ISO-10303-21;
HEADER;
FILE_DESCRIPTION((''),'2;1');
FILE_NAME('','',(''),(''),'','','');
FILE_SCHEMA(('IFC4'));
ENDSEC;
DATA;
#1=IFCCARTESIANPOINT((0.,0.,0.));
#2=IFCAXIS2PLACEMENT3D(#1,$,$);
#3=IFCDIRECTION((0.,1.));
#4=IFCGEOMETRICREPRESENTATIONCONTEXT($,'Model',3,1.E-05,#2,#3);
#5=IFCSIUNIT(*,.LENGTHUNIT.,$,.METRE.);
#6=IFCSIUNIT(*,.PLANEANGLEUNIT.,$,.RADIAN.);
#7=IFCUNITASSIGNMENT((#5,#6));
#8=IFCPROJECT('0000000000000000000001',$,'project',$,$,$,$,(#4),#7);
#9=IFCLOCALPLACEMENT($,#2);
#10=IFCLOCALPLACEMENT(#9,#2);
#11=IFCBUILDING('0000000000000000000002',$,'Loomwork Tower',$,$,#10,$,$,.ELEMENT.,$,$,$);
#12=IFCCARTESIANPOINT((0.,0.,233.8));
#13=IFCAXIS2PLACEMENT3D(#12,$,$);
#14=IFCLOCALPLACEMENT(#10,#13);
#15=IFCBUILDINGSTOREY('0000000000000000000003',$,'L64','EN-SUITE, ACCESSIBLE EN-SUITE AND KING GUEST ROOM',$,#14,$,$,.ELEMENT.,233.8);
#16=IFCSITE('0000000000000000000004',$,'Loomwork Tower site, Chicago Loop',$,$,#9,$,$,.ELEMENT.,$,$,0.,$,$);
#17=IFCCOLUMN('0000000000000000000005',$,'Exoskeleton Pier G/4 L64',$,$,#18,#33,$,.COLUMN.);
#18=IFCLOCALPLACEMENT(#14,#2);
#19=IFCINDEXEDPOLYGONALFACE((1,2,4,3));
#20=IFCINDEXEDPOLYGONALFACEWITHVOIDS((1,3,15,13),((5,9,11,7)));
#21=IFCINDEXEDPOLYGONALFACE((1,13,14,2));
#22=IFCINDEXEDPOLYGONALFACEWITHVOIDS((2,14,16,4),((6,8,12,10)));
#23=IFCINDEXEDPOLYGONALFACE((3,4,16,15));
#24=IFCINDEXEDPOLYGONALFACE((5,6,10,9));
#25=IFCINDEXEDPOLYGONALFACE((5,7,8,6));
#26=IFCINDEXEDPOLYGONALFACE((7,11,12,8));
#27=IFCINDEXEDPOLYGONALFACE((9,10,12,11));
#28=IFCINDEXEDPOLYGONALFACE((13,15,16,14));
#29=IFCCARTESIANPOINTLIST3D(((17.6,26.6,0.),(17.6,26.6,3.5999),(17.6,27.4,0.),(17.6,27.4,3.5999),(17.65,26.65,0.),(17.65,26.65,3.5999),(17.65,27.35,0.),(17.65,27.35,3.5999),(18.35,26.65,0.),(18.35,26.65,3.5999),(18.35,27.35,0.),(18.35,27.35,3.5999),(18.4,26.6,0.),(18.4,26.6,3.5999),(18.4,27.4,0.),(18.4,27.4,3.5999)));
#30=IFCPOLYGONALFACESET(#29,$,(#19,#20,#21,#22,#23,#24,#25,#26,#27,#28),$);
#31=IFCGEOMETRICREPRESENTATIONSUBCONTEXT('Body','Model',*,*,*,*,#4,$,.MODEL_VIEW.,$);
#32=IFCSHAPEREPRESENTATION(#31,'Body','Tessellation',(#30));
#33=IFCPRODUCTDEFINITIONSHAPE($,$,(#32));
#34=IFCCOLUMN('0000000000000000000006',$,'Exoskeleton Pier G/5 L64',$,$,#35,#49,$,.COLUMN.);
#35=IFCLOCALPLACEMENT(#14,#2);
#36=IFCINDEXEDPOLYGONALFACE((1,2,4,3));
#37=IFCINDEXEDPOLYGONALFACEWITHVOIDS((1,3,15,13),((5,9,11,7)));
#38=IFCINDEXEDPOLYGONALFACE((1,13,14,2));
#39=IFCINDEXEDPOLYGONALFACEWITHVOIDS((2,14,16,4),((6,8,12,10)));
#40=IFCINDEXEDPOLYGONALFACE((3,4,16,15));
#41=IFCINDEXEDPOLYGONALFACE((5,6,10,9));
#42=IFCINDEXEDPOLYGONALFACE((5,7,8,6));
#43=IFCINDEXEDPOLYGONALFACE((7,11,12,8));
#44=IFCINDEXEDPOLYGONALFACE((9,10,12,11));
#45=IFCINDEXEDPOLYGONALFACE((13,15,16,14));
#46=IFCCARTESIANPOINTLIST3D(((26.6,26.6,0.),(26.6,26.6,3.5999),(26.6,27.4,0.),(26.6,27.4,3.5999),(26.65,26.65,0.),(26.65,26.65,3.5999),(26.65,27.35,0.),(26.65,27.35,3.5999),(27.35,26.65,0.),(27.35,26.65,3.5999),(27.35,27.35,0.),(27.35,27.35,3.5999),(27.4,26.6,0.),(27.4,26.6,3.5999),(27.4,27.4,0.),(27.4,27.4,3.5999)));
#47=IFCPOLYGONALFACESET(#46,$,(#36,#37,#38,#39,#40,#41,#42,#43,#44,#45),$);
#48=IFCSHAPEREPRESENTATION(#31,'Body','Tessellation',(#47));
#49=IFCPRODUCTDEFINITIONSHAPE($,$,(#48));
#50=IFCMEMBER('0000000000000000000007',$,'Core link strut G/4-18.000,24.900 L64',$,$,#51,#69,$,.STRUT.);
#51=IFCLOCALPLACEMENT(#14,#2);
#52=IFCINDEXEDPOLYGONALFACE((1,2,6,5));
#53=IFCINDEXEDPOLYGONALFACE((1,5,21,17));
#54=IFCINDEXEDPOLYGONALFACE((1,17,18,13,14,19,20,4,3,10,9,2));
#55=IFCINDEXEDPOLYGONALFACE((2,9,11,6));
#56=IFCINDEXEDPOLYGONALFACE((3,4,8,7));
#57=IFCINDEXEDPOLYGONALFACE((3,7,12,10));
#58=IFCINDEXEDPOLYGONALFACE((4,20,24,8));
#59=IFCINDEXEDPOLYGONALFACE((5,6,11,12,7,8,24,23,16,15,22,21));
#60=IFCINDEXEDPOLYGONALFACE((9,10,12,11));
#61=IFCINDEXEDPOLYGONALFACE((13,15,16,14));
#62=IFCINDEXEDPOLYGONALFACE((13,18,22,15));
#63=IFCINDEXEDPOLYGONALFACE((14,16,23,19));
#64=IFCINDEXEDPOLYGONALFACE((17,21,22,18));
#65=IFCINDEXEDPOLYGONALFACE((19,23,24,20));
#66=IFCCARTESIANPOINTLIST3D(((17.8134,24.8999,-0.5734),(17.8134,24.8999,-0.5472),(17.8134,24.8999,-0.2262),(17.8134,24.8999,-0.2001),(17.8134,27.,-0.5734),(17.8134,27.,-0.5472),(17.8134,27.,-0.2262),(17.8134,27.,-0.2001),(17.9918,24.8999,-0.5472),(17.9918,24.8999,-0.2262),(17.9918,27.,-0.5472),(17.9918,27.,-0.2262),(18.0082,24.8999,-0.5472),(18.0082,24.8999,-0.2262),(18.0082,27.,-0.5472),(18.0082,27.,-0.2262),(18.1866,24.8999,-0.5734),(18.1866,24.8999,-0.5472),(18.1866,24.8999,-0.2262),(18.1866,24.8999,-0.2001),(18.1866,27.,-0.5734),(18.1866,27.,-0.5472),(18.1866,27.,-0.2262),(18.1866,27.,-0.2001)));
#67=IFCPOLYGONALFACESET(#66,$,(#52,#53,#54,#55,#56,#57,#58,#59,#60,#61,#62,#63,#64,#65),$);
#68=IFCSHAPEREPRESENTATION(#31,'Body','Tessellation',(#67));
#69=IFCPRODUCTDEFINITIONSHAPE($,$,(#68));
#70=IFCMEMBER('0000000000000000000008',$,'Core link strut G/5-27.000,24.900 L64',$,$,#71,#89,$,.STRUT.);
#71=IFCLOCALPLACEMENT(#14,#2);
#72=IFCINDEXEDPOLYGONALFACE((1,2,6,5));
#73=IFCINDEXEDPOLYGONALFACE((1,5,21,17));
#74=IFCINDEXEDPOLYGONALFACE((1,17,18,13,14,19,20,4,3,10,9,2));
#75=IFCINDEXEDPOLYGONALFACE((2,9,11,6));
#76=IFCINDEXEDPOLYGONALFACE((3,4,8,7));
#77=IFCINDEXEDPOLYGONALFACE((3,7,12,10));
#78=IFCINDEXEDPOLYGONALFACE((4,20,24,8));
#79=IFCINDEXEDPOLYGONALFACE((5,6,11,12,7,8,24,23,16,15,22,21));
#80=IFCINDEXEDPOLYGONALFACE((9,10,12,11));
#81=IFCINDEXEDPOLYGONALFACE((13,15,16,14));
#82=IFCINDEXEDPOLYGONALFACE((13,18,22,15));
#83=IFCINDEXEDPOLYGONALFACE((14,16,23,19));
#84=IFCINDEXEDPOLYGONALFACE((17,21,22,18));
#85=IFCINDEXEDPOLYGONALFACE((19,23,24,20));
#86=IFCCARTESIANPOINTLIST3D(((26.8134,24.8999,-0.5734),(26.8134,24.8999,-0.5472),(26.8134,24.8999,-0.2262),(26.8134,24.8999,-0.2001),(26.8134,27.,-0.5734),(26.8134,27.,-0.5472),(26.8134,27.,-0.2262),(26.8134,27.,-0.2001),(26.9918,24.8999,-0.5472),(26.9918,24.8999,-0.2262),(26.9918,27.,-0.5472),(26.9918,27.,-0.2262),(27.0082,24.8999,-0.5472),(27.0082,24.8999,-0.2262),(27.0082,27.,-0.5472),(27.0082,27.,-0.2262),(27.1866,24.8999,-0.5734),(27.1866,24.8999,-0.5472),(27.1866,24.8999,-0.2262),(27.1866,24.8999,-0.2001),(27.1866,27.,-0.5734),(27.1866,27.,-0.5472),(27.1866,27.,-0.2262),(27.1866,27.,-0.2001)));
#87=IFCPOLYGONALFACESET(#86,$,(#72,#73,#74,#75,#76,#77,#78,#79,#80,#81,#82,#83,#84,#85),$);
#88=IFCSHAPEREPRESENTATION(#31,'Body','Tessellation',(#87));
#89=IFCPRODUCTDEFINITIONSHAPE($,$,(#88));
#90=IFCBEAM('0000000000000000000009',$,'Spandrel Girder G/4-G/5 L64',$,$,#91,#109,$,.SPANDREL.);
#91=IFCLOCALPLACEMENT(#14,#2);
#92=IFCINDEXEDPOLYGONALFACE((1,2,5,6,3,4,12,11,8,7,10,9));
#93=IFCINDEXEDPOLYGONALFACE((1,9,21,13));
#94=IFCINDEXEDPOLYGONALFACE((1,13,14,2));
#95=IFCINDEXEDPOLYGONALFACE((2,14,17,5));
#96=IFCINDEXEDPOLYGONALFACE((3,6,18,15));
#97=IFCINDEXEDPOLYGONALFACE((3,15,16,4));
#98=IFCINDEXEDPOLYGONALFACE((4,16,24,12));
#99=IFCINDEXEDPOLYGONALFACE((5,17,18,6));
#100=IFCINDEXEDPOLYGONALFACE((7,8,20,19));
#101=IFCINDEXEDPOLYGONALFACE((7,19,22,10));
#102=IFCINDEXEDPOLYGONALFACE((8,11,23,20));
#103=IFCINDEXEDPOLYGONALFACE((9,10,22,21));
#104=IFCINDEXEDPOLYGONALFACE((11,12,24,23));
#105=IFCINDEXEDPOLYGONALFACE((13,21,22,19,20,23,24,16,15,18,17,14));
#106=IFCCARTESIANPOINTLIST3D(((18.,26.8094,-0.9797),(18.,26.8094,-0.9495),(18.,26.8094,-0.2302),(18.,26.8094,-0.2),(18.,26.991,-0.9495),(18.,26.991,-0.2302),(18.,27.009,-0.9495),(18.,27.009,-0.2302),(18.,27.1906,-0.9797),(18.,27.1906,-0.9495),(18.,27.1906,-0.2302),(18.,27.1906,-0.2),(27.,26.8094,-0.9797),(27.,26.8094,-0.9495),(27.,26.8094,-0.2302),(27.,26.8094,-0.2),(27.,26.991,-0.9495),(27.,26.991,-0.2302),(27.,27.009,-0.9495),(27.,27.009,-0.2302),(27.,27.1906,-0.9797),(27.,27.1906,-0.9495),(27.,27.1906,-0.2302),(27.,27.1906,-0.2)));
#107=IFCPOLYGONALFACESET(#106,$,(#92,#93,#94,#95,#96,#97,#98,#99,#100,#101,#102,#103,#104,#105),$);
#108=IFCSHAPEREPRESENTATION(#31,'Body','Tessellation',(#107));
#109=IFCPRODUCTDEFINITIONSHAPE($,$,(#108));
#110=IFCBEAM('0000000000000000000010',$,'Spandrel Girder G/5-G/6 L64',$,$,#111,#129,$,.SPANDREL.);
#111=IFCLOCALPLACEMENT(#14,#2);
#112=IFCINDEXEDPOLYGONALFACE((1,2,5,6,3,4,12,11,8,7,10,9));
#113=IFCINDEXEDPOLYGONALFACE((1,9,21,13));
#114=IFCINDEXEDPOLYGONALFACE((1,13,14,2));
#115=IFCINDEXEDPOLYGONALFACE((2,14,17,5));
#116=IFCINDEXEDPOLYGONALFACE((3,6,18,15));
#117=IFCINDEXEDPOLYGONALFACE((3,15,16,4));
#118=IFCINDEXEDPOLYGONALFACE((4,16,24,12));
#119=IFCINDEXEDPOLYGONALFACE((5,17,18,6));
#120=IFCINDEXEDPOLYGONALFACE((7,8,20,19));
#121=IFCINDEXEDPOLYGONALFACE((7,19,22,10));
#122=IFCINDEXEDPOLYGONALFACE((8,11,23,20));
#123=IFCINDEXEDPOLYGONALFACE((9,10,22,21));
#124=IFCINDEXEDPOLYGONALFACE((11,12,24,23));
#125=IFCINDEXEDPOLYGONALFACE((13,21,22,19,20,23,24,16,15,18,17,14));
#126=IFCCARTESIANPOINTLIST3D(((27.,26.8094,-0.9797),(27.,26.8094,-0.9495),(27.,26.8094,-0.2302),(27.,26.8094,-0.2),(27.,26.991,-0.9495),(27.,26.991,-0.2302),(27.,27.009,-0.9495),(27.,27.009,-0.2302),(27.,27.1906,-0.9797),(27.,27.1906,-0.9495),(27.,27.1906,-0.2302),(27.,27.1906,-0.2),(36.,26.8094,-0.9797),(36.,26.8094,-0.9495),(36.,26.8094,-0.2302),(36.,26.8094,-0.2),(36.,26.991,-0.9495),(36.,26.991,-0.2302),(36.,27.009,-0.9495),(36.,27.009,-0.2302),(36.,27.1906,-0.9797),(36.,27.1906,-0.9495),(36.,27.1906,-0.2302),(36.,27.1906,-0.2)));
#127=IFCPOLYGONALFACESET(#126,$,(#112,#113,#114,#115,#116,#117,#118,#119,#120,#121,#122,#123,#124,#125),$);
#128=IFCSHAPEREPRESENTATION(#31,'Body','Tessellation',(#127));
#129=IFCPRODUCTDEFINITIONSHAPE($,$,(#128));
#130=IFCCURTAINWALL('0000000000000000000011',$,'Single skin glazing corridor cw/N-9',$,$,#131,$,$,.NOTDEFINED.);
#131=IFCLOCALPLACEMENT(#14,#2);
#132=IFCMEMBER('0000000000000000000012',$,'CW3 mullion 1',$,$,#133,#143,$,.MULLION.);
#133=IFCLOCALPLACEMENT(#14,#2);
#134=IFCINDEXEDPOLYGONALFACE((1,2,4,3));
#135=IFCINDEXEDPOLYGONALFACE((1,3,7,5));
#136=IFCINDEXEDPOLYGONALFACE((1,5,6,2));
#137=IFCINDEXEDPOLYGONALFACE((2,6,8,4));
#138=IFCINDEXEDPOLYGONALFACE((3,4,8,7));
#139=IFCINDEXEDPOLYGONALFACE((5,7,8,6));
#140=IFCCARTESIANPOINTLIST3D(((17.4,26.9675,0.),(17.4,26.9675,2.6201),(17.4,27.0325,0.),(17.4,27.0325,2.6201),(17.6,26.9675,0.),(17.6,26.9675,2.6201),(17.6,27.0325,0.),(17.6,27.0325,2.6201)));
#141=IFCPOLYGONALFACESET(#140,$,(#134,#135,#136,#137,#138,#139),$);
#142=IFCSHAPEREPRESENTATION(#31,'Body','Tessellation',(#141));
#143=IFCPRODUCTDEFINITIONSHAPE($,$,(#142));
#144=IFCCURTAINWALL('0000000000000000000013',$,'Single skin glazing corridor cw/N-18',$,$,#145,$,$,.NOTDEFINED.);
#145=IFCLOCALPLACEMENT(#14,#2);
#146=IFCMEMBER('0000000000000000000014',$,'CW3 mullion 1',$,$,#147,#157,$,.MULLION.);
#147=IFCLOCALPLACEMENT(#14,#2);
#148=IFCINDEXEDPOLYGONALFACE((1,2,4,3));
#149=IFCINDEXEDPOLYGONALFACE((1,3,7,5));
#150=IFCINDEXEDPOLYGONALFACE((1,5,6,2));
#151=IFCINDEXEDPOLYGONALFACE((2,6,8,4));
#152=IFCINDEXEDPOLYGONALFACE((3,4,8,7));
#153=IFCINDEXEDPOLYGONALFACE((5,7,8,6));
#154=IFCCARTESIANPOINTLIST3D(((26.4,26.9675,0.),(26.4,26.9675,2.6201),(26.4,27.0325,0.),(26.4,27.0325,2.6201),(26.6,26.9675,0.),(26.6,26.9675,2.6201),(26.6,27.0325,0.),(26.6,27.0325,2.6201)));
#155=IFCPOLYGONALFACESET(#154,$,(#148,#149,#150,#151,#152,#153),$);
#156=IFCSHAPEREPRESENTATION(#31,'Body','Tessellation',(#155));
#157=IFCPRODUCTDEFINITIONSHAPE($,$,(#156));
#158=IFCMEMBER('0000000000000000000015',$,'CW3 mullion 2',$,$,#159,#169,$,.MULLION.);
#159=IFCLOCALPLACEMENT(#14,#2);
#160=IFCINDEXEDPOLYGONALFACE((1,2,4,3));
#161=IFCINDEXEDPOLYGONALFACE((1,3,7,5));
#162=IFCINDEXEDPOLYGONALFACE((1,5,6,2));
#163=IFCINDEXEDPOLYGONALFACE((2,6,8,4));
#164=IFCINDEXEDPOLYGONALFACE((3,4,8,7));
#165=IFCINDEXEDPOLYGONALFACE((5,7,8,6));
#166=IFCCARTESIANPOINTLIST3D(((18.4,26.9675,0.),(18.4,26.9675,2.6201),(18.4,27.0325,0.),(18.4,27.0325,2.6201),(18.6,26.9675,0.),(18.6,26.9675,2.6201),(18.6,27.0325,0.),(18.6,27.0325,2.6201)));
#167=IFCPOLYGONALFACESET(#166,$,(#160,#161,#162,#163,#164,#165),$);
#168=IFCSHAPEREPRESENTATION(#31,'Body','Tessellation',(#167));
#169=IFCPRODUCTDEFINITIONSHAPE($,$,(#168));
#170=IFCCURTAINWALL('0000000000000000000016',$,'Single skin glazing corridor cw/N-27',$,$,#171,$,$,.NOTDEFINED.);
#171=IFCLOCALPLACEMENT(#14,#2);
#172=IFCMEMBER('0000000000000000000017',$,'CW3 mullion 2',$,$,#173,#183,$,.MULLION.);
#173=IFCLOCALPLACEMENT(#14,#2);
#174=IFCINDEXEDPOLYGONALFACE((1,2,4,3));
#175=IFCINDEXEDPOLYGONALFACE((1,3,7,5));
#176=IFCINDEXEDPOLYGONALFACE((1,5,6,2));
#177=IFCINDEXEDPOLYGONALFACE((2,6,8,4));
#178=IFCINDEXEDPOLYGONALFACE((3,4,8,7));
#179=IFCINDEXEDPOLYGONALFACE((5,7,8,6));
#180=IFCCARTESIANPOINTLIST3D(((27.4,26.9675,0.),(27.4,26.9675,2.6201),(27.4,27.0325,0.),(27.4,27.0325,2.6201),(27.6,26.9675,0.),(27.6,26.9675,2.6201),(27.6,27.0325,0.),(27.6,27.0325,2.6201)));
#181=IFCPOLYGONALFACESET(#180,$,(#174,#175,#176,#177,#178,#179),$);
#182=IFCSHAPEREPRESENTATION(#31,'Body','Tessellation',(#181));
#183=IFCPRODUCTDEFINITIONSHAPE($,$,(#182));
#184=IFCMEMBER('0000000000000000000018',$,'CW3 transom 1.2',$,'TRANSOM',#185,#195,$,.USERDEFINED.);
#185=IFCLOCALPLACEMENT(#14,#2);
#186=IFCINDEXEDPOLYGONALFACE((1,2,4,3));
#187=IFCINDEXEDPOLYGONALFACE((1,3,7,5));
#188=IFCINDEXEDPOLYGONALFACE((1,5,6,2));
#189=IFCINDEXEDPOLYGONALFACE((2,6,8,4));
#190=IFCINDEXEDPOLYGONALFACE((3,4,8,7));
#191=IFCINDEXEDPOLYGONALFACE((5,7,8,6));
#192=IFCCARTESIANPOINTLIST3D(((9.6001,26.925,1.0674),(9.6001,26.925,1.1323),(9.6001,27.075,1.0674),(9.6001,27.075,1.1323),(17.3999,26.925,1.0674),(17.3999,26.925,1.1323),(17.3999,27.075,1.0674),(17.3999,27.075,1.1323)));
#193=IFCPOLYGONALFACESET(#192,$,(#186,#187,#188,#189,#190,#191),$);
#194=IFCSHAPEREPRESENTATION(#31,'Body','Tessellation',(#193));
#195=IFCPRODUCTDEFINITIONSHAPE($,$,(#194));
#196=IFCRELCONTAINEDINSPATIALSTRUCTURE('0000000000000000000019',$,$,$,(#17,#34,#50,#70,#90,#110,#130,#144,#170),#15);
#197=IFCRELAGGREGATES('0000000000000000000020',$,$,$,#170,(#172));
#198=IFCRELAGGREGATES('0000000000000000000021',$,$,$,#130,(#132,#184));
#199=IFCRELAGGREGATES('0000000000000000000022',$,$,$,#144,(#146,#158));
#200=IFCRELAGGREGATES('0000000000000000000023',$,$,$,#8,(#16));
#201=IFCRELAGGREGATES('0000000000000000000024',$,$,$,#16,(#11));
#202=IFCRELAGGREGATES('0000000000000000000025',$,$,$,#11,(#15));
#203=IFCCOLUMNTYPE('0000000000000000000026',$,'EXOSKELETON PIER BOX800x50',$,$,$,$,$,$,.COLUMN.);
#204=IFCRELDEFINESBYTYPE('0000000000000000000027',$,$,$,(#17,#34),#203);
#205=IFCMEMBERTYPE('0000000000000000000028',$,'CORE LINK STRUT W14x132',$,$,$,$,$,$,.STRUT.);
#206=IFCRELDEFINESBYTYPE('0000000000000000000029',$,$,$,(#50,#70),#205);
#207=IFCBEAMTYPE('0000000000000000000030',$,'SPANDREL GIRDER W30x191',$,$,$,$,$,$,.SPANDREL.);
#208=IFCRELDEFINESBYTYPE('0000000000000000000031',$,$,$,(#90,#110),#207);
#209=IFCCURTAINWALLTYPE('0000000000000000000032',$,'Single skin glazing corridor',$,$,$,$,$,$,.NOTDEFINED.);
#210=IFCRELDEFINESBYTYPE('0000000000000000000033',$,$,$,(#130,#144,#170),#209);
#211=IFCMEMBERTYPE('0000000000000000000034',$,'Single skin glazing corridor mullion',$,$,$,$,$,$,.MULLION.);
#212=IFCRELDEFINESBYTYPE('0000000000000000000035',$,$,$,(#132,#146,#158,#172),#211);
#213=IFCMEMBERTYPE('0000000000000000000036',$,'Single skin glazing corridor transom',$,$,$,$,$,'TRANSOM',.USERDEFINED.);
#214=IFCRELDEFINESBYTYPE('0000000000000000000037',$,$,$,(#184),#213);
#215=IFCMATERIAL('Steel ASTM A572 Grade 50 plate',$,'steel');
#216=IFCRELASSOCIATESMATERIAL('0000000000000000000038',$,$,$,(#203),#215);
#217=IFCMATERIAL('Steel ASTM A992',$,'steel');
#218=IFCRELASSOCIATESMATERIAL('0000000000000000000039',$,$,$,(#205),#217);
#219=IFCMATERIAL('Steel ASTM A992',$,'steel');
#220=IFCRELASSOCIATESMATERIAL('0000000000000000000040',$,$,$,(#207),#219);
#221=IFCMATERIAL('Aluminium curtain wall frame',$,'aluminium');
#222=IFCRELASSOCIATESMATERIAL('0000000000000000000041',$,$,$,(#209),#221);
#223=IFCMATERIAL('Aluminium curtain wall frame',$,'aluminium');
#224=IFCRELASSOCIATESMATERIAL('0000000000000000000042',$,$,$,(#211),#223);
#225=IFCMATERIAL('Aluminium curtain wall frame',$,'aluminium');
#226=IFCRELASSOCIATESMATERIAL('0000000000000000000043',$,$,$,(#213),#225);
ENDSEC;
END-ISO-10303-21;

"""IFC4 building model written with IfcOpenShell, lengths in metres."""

from ifc_helpers import new_model, si_unit, direction, frame, origin, origin_2d, place, context, subcontext, project, spatial, rectangle, hollow_rectangle, i_section, extrude, material, material_profile, profile_set, type_object, element, aggregate, save


model = new_model("IFC4")

# Units and contexts
model_context = context("Model", 3, precision=1e-05, world=origin(), true_north=direction((0.0, 1.0)))
body_context = subcontext(model_context, "Body", "Model", "MODEL_VIEW")
ifc_project = project(units=[si_unit("LENGTHUNIT", "METRE"), si_unit("PLANEANGLEUNIT", "RADIAN")], contexts=[model_context])

# Site, building, storey
site_placement = place(None, origin())
site = spatial("IfcSite", under=ifc_project, at=site_placement, Name="Loomwork Tower site, Chicago Loop", CompositionType="ELEMENT", RefElevation=0.0)
building_placement = place(site_placement, origin())
building = spatial("IfcBuilding", under=site, at=building_placement, Name="Loomwork Tower", CompositionType="ELEMENT")
storey_placement = place(building_placement, frame((0.0, 0.0, 233.8)))
storey = spatial("IfcBuildingStorey", under=building, at=storey_placement, Name="L64", Description="EN-SUITE, ACCESSIBLE EN-SUITE AND KING GUEST ROOM", CompositionType="ELEMENT", Elevation=233.8)

# Columns
ifc_material_1 = material(Name="Steel ASTM A572 Grade 50 plate", Category="steel")
ifc_material_profile_1 = material_profile(ifc_material_1, hollow_rectangle(XDim=0.8, YDim=0.8, WallThickness=0.05, at=origin_2d()), Name="BOX800x50")
ifc_profile_set_1 = profile_set([ifc_material_profile_1], Name="Steel ASTM A572 Grade 50 plate")
column_type = type_object("IfcColumnType", Name="EXOSKELETON PIER BOX800x50", PredefinedType="COLUMN", material=ifc_profile_set_1)
for number, where, z_axis, x_axis, name in (
    (1, (18.0, 27.0, 0.0), (0.0, 0.0, 1.0), (1.0, 0.0, 0.0), "Exoskeleton Pier G/4 L64"),
    (2, (27.0, 27.0, 0.0), (0.0, 0.0, 1.0), (1.0, 0.0, 0.0), "Exoskeleton Pier G/5 L64"),
):
    element("IfcColumn", number, at=place(storey_placement, frame(where, z_axis=z_axis, x_axis=x_axis)), inside=storey, type_object=column_type, Name=name, PredefinedType="COLUMN", context=body_context, shape_type="SweptSolid", body=[
        extrude(hollow_rectangle(XDim=0.8, YDim=0.8, WallThickness=0.05, at=origin_2d()), origin(), (0.0, 0.0, 1.0), 3.5999),
    ])

# Members
ifc_material_2 = material(Name="Steel ASTM A992", Category="steel")
ifc_material_profile_2 = material_profile(ifc_material_2, i_section(OverallWidth=0.3733, OverallDepth=0.3733, WebThickness=0.0164, FlangeThickness=0.0261, at=origin_2d()), Name="W14x132")
ifc_profile_set_2 = profile_set([ifc_material_profile_2], Name="Steel ASTM A992")
member_type_1 = type_object("IfcMemberType", Name="CORE LINK STRUT W14x132", PredefinedType="STRUT", material=ifc_profile_set_2)
for number, where, z_axis, x_axis, name in (
    (3, (18.0, 27.0, -0.3867), (0.0, -1.0, 0.0), (1.0, 0.0, 0.0), "Core link strut G/4-18.000,24.900 L64"),
    (4, (27.0, 27.0, -0.3867), (0.0, -1.0, 0.0), (1.0, 0.0, 0.0), "Core link strut G/5-27.000,24.900 L64"),
):
    element("IfcMember", number, at=place(storey_placement, frame(where, z_axis=z_axis, x_axis=x_axis)), inside=storey, type_object=member_type_1, Name=name, PredefinedType="STRUT", context=body_context, shape_type="SweptSolid", body=[
        extrude(i_section(OverallWidth=0.3733, OverallDepth=0.3733, WebThickness=0.0164, FlangeThickness=0.0261, at=origin_2d()), origin(), (0.0, 0.0, 1.0), 2.1001),
    ])

# Beams
ifc_material_3 = material(Name="Steel ASTM A992", Category="steel")
ifc_material_profile_3 = material_profile(ifc_material_3, i_section(OverallWidth=0.3811, OverallDepth=0.7798, WebThickness=0.0181, FlangeThickness=0.0303, at=origin_2d()), Name="W30x191")
ifc_profile_set_3 = profile_set([ifc_material_profile_3], Name="Steel ASTM A992")
beam_type = type_object("IfcBeamType", Name="SPANDREL GIRDER W30x191", PredefinedType="SPANDREL", material=ifc_profile_set_3)
for number, where, z_axis, x_axis, name in (
    (5, (18.0, 27.0, -0.5898), (1.0, 0.0, 0.0), (0.0, 1.0, 0.0), "Spandrel Girder G/4-G/5 L64"),
    (6, (27.0, 27.0, -0.5898), (1.0, 0.0, 0.0), (0.0, 1.0, 0.0), "Spandrel Girder G/5-G/6 L64"),
):
    element("IfcBeam", number, at=place(storey_placement, frame(where, z_axis=z_axis, x_axis=x_axis)), inside=storey, type_object=beam_type, Name=name, PredefinedType="SPANDREL", context=body_context, shape_type="SweptSolid", body=[
        extrude(i_section(OverallWidth=0.3811, OverallDepth=0.7798, WebThickness=0.0181, FlangeThickness=0.0303, at=origin_2d()), origin(), (0.0, 0.0, 1.0), 9.0),
    ])

# Curtain wall, member
ifc_material_4 = material(Name="Aluminium curtain wall frame", Category="aluminium")
curtain_wall_type = type_object("IfcCurtainWallType", Name="Single skin glazing corridor", PredefinedType="NOTDEFINED", material=ifc_material_4)
curtain_wall_1_placement = place(storey_placement, origin())
curtain_wall_1 = element("IfcCurtainWall", 7, at=curtain_wall_1_placement, inside=storey, type_object=curtain_wall_type, Name="Single skin glazing corridor cw/N-9", PredefinedType="NOTDEFINED")
ifc_material_5 = material(Name="Aluminium curtain wall frame", Category="aluminium")
ifc_material_profile_4 = material_profile(ifc_material_5, rectangle(XDim=0.0649, YDim=0.2, at=origin_2d()), Name="AL 65x200")
ifc_profile_set_4 = profile_set([ifc_material_profile_4], Name="Aluminium curtain wall frame")
member_type_2 = type_object("IfcMemberType", Name="Single skin glazing corridor mullion", PredefinedType="MULLION", material=ifc_profile_set_4)
member_1_placement = place(storey_placement, frame((17.5, 27.0, 0.0), z_axis=(0.0, 0.0, 1.0), x_axis=(0.0, -1.0, 0.0)))
member_1 = element("IfcMember", 8, at=member_1_placement, type_object=member_type_2, Name="CW3 mullion 1", PredefinedType="MULLION", context=body_context, shape_type="SweptSolid", body=[
    extrude(rectangle(XDim=0.0649, YDim=0.2, at=origin_2d()), origin(), (0.0, 0.0, 1.0), 2.6201),
])

# Curtain wall, members
curtain_wall_2_placement = place(storey_placement, origin())
curtain_wall_2 = element("IfcCurtainWall", 9, at=curtain_wall_2_placement, inside=storey, type_object=curtain_wall_type, Name="Single skin glazing corridor cw/N-18", PredefinedType="NOTDEFINED")
member_2_placement = place(storey_placement, frame((26.5, 27.0, 0.0), z_axis=(0.0, 0.0, 1.0), x_axis=(0.0, -1.0, 0.0)))
member_2 = element("IfcMember", 10, at=member_2_placement, type_object=member_type_2, Name="CW3 mullion 1", PredefinedType="MULLION", context=body_context, shape_type="SweptSolid", body=[
    extrude(rectangle(XDim=0.0649, YDim=0.2, at=origin_2d()), origin(), (0.0, 0.0, 1.0), 2.6201),
])
member_3_placement = place(storey_placement, frame((18.5, 27.0, 0.0), z_axis=(0.0, 0.0, 1.0), x_axis=(0.0, -1.0, 0.0)))
member_3 = element("IfcMember", 11, at=member_3_placement, type_object=member_type_2, Name="CW3 mullion 2", PredefinedType="MULLION", context=body_context, shape_type="SweptSolid", body=[
    extrude(rectangle(XDim=0.0649, YDim=0.2, at=origin_2d()), origin(), (0.0, 0.0, 1.0), 2.6201),
])

# Curtain wall, member
curtain_wall_3_placement = place(storey_placement, origin())
curtain_wall_3 = element("IfcCurtainWall", 12, at=curtain_wall_3_placement, inside=storey, type_object=curtain_wall_type, Name="Single skin glazing corridor cw/N-27", PredefinedType="NOTDEFINED")
member_4_placement = place(storey_placement, frame((27.5, 27.0, 0.0), z_axis=(0.0, 0.0, 1.0), x_axis=(0.0, -1.0, 0.0)))
member_4 = element("IfcMember", 13, at=member_4_placement, type_object=member_type_2, Name="CW3 mullion 2", PredefinedType="MULLION", context=body_context, shape_type="SweptSolid", body=[
    extrude(rectangle(XDim=0.0649, YDim=0.2, at=origin_2d()), origin(), (0.0, 0.0, 1.0), 2.6201),
])
aggregate(curtain_wall_3, [member_4])

# Member
ifc_material_6 = material(Name="Aluminium curtain wall frame", Category="aluminium")
ifc_material_profile_5 = material_profile(ifc_material_6, rectangle(XDim=0.1499, YDim=0.0649, at=origin_2d()), Name="AL 65x150")
ifc_profile_set_5 = profile_set([ifc_material_profile_5], Name="Aluminium curtain wall frame")
member_type_3 = type_object("IfcMemberType", Name="Single skin glazing corridor transom", ElementType="TRANSOM", PredefinedType="USERDEFINED", material=ifc_profile_set_5)
member_5_placement = place(storey_placement, frame((17.3999, 27.0, 1.0999), z_axis=(-1.0, 0.0, 0.0), x_axis=(0.0, -1.0, 0.0)))
member_5 = element("IfcMember", 14, at=member_5_placement, type_object=member_type_3, Name="CW3 transom 1.2", ObjectType="TRANSOM", PredefinedType="USERDEFINED", context=body_context, shape_type="SweptSolid", body=[
    extrude(rectangle(XDim=0.1499, YDim=0.0649, at=origin_2d()), origin(), (0.0, 0.0, 1.0), 7.7998),
])
aggregate(curtain_wall_1, [member_1, member_5])

aggregate(curtain_wall_2, [member_2, member_3])

save(model, "model.ifc")
